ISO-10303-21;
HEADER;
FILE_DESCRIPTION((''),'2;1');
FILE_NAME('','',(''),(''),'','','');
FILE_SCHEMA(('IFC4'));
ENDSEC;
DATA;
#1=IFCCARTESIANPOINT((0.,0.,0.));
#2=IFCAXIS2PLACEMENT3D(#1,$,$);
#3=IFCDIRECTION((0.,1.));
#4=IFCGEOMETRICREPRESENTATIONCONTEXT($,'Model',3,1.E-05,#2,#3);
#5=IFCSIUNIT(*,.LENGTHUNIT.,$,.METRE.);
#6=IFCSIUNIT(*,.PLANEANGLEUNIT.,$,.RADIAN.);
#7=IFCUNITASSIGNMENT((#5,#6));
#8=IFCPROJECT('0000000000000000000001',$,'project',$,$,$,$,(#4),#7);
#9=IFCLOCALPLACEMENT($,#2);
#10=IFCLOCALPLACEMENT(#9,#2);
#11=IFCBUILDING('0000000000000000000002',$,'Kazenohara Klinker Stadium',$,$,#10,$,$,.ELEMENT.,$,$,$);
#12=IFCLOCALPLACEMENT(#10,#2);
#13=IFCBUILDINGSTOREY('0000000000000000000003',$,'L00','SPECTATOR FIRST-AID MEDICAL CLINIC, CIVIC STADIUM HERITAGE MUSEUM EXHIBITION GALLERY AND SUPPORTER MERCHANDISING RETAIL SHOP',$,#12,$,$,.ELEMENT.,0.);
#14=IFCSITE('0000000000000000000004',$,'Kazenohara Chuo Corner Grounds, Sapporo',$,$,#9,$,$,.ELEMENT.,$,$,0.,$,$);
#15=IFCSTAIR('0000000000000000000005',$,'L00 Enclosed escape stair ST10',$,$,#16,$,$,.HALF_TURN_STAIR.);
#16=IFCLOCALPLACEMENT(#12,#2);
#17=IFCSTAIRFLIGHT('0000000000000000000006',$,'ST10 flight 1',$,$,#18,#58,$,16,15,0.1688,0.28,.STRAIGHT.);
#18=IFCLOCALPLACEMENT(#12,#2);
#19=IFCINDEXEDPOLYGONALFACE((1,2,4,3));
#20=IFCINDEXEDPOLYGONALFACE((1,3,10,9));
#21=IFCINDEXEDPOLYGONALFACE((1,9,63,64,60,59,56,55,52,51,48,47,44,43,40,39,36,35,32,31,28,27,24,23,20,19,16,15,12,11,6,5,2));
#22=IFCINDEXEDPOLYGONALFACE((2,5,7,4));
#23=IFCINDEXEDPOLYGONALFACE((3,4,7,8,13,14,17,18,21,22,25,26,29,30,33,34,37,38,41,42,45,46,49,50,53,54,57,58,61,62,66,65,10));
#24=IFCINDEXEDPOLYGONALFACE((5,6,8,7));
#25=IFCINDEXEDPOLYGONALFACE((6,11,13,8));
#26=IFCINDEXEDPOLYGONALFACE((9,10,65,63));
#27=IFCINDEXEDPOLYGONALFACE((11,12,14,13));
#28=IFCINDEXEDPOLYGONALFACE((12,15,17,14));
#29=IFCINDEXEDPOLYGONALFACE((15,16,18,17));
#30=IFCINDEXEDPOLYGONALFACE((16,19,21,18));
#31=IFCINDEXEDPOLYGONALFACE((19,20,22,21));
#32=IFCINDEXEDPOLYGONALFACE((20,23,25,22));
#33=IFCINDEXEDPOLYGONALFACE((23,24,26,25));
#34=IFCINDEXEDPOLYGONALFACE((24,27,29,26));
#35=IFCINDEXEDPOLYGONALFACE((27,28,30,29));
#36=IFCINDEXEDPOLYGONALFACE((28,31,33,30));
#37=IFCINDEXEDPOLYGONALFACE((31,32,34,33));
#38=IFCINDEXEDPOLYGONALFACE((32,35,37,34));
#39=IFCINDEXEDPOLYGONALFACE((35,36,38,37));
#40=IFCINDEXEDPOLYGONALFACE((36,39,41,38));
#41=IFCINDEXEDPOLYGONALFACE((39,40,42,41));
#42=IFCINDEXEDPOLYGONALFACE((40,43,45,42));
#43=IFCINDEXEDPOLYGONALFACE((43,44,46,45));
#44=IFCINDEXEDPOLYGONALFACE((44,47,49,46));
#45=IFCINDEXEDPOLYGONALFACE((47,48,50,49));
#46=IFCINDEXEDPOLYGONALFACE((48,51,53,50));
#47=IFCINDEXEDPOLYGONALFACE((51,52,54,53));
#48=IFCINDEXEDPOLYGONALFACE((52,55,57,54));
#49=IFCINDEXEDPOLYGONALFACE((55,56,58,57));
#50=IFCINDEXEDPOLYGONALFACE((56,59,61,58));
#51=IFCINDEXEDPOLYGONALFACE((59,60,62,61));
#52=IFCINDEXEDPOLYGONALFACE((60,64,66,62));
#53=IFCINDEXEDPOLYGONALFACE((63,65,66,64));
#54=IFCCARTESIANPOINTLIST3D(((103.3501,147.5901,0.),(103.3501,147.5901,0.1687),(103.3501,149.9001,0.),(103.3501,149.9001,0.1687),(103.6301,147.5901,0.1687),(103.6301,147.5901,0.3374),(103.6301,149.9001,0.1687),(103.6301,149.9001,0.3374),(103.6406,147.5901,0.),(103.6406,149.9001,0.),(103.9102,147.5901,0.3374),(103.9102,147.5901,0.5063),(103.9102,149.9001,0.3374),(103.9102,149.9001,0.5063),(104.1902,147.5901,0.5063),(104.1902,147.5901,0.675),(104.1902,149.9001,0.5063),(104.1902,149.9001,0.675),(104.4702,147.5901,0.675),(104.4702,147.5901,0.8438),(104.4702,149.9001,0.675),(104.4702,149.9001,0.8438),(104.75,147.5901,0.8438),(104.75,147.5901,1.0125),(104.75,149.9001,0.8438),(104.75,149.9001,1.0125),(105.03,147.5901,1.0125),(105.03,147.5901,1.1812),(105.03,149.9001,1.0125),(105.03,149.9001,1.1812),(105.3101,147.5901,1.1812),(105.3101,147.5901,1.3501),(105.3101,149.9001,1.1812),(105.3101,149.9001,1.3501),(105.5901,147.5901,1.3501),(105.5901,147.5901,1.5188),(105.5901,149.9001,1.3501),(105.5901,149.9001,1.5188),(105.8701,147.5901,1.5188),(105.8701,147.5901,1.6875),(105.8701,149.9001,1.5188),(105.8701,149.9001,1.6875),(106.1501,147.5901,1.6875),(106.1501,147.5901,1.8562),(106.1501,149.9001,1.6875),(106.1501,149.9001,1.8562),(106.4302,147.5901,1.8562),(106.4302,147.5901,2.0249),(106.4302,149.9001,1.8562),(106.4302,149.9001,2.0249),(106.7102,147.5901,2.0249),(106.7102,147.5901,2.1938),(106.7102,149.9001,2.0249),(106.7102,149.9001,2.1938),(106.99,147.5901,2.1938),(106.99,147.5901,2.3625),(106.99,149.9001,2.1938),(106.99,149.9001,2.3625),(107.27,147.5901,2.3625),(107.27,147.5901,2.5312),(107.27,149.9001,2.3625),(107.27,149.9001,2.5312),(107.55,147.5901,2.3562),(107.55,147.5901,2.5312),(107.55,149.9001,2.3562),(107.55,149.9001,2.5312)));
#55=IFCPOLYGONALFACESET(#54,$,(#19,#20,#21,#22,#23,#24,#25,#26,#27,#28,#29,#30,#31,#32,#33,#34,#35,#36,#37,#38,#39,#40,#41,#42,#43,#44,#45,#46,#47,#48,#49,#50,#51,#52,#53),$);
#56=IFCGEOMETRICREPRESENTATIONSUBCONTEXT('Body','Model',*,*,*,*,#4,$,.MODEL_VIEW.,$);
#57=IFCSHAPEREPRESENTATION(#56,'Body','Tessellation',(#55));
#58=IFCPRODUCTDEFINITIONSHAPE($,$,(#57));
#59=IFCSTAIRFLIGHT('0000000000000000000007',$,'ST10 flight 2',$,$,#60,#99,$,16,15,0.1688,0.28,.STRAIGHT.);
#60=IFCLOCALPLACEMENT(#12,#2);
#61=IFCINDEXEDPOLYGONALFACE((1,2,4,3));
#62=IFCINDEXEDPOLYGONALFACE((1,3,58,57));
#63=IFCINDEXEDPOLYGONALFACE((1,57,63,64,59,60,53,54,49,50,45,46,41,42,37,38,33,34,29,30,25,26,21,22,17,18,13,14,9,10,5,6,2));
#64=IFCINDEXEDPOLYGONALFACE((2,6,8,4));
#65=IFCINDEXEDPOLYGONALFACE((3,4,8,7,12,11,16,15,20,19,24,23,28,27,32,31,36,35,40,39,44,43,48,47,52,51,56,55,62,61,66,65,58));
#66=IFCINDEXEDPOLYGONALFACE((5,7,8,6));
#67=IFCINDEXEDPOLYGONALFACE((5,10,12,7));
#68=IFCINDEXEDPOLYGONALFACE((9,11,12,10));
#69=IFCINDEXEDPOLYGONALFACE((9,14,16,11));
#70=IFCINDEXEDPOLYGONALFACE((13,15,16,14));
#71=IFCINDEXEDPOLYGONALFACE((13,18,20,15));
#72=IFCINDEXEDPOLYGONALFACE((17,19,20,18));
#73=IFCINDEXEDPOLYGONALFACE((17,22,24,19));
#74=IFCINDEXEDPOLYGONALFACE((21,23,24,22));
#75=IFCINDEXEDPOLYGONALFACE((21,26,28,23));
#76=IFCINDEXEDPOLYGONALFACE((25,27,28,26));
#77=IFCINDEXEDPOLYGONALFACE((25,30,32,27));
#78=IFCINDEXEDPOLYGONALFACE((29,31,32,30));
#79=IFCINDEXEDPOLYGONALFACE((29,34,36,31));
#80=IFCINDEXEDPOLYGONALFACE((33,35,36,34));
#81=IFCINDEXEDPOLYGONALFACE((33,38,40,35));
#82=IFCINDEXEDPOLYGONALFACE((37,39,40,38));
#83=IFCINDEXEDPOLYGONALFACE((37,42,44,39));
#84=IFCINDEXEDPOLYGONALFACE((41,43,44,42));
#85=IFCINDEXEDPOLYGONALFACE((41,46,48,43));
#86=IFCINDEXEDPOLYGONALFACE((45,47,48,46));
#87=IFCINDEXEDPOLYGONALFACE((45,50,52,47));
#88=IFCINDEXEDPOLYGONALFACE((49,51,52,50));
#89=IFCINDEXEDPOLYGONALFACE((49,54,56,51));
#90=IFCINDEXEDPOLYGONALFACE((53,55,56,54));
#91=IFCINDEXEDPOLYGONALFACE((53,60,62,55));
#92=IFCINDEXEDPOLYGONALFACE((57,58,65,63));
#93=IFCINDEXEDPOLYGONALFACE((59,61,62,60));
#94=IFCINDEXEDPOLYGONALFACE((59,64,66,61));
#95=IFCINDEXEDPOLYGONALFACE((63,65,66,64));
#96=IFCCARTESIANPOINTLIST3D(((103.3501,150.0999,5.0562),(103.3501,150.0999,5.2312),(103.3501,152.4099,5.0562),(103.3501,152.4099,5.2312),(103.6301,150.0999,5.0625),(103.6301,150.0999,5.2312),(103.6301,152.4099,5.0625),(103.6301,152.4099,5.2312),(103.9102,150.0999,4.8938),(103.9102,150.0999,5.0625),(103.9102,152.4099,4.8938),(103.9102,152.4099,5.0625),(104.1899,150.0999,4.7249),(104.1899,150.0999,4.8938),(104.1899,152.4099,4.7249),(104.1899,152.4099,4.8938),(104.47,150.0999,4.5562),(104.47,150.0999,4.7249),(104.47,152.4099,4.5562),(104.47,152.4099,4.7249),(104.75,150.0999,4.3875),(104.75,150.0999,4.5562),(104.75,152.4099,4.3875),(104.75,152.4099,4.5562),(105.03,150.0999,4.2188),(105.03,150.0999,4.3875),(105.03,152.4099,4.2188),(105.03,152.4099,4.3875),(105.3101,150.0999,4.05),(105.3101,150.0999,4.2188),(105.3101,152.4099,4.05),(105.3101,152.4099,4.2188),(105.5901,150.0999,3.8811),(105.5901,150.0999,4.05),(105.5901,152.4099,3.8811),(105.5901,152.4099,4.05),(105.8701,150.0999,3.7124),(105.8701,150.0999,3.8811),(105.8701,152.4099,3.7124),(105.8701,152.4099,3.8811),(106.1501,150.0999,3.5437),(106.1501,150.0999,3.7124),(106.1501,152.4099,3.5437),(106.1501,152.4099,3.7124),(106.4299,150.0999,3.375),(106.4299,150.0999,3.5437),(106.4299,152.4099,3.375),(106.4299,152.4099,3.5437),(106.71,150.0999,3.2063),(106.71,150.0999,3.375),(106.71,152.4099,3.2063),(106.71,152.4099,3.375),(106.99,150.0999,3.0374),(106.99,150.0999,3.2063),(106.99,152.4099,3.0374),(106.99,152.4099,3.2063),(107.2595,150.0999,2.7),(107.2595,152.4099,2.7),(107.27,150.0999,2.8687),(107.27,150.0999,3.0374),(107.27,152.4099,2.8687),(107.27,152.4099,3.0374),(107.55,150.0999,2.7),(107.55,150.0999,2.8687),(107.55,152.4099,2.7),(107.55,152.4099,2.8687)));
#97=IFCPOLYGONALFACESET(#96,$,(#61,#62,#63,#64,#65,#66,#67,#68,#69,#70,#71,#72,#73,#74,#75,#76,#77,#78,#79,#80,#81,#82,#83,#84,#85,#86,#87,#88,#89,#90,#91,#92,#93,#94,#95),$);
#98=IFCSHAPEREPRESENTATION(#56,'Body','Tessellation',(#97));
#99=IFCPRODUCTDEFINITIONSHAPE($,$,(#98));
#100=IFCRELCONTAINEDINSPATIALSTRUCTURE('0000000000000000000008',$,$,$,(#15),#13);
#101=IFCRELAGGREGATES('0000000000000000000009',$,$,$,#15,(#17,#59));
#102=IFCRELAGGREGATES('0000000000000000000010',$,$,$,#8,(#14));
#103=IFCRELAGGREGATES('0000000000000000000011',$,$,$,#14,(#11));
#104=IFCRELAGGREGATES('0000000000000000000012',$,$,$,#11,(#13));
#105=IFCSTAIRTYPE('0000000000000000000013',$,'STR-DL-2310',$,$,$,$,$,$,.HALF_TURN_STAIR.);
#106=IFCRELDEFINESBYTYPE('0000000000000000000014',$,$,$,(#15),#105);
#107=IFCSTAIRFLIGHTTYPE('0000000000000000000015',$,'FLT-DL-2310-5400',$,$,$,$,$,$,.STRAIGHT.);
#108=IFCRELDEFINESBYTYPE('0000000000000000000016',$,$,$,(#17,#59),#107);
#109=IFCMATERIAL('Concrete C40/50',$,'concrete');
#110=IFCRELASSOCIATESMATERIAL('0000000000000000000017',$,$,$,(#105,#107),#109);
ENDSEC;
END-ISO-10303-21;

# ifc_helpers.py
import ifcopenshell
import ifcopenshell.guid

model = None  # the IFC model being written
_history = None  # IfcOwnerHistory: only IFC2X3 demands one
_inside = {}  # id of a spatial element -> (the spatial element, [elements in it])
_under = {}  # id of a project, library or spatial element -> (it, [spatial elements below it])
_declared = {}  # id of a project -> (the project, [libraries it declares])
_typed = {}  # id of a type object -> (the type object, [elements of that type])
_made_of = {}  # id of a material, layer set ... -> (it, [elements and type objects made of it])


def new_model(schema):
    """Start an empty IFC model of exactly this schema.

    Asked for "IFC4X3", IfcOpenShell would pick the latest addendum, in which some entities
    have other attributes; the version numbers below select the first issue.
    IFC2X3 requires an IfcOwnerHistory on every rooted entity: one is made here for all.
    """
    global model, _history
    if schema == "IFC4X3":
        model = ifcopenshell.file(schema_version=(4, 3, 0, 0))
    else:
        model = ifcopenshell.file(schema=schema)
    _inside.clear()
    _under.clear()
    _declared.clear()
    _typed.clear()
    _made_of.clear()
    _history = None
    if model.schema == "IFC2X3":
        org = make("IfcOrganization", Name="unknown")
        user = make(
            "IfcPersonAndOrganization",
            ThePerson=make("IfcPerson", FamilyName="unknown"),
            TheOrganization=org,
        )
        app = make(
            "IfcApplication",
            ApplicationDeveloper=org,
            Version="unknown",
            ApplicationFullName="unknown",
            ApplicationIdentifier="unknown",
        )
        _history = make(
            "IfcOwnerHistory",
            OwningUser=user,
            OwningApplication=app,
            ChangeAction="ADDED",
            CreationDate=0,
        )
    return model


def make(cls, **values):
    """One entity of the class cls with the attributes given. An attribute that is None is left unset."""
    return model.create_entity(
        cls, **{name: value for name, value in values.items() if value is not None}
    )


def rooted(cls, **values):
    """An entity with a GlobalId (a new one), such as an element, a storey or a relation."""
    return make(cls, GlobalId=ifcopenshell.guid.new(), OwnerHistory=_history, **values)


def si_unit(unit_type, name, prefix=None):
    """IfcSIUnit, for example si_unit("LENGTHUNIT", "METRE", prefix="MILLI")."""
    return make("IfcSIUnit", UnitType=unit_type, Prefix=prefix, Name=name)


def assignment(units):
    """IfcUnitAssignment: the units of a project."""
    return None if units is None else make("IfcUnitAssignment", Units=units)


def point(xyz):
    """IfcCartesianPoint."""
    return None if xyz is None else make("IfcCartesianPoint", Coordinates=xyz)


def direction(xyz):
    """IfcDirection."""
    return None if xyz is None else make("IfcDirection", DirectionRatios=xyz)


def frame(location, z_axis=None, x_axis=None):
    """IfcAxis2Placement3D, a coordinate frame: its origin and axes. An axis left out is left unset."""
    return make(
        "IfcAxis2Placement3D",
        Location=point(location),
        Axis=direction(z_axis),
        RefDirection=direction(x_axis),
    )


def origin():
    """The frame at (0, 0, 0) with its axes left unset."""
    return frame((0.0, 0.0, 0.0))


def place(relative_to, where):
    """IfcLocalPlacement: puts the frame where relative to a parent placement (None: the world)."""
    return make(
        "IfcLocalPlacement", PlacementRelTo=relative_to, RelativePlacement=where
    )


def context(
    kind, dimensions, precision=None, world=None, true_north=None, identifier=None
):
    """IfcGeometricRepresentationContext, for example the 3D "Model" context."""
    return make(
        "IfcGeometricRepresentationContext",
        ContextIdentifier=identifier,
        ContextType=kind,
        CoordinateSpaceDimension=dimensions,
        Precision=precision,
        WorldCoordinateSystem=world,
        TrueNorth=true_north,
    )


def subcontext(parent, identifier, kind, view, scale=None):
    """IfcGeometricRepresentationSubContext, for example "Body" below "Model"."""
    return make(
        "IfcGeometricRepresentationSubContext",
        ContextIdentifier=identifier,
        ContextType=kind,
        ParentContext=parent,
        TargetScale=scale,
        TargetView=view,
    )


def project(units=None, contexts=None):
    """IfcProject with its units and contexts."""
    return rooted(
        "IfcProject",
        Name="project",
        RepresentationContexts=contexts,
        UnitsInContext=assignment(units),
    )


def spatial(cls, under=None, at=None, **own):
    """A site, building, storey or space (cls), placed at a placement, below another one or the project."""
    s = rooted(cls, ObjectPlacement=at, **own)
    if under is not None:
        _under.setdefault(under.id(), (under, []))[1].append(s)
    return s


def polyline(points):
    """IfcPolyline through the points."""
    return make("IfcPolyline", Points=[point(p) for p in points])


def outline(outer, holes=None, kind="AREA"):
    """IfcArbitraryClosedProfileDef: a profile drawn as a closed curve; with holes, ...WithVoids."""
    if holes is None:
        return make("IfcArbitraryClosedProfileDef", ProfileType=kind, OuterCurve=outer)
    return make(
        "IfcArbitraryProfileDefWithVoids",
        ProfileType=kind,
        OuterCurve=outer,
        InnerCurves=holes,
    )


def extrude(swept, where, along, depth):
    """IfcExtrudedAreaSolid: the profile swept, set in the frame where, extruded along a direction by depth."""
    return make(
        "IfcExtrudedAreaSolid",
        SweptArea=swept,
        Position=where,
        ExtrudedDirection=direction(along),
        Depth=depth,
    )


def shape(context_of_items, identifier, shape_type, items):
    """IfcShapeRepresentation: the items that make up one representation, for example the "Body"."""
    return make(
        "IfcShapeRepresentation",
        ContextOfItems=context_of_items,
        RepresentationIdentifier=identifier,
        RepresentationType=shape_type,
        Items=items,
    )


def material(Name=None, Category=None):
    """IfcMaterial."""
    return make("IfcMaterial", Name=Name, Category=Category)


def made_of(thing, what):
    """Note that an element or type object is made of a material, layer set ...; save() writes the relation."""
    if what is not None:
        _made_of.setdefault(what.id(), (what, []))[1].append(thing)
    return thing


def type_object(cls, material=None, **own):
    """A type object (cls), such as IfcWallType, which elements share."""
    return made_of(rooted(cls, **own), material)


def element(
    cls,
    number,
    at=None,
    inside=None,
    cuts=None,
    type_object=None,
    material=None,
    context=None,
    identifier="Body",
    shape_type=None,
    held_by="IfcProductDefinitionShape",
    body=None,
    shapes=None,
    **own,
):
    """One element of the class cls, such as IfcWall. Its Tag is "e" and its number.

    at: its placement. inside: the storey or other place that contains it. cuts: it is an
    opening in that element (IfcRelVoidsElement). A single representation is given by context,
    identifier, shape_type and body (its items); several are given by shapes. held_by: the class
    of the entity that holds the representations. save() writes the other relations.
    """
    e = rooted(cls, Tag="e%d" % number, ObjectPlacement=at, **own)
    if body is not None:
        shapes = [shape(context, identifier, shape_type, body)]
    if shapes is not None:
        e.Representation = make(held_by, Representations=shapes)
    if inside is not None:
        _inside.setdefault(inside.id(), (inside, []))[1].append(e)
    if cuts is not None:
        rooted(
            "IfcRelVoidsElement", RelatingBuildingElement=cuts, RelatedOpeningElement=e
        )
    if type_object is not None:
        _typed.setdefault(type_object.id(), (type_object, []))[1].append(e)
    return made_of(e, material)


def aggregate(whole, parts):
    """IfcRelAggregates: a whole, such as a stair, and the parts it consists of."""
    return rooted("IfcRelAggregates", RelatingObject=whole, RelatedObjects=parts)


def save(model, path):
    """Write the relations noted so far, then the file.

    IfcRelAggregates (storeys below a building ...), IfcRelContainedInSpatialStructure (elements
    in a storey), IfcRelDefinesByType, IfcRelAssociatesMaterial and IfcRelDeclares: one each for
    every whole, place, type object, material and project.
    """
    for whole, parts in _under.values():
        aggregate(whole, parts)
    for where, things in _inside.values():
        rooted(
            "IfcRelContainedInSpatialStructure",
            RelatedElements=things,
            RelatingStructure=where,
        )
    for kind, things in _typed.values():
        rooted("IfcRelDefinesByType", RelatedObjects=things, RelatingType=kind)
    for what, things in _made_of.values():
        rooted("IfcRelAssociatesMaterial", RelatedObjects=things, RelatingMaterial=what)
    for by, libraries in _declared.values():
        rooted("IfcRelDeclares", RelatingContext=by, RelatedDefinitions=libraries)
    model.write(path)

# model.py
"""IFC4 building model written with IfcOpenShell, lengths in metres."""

from ifc_helpers import new_model, si_unit, direction, frame, origin, place, context, subcontext, project, spatial, polyline, outline, extrude, material, type_object, element, aggregate, save


model = new_model("IFC4")

# Units and contexts
model_context = context("Model", 3, precision=1e-05, world=origin(), true_north=direction((0.0, 1.0)))
body_context = subcontext(model_context, "Body", "Model", "MODEL_VIEW")
ifc_project = project(units=[si_unit("LENGTHUNIT", "METRE"), si_unit("PLANEANGLEUNIT", "RADIAN")], contexts=[model_context])

# Site, building, storey
site_placement = place(None, origin())
site = spatial("IfcSite", under=ifc_project, at=site_placement, Name="Kazenohara Chuo Corner Grounds, Sapporo", CompositionType="ELEMENT", RefElevation=0.0)
building_placement = place(site_placement, origin())
building = spatial("IfcBuilding", under=site, at=building_placement, Name="Kazenohara Klinker Stadium", CompositionType="ELEMENT")
storey_placement = place(building_placement, origin())
storey = spatial("IfcBuildingStorey", under=building, at=storey_placement, Name="L00", Description="SPECTATOR FIRST-AID MEDICAL CLINIC, CIVIC STADIUM HERITAGE MUSEUM EXHIBITION GALLERY AND SUPPORTER MERCHANDISING RETAIL SHOP", CompositionType="ELEMENT", Elevation=0.0)

# Shared definitions
ifc_material_1 = material(Name="Concrete C40/50", Category="concrete")

# Stair, stair flights
stair_type = type_object("IfcStairType", Name="STR-DL-2310", PredefinedType="HALF_TURN_STAIR", material=ifc_material_1)
stair_placement = place(storey_placement, origin())
stair = element("IfcStair", 1, at=stair_placement, inside=storey, type_object=stair_type, Name="L00 Enclosed escape stair ST10", PredefinedType="HALF_TURN_STAIR")
stair_flight_type = type_object("IfcStairFlightType", Name="FLT-DL-2310-5400", PredefinedType="STRAIGHT", material=ifc_material_1)
stair_flight_1_placement = place(storey_placement, frame((103.3501, 148.7451, 0.0), z_axis=(0.0, 0.0, 1.0), x_axis=(1.0, 0.0, 0.0)))
stair_flight_1 = element("IfcStairFlight", 2, at=stair_flight_1_placement, type_object=stair_flight_type, Name="ST10 flight 1", NumberOfRisers=16, NumberOfTreads=15, PredefinedType="STRAIGHT", RiserHeight=0.1688, TreadLength=0.28, context=body_context, shape_type="SweptSolid", body=[
    extrude(outline(polyline([(0.0, 0.0), (0.0, 0.1687), (0.28, 0.1687), (0.28, 0.3374), (0.5601, 0.3374), (0.5601, 0.5063), (0.8401, 0.5063), (0.8401, 0.675), (1.1201, 0.675), (1.1201, 0.8438), (1.3999, 0.8438), (1.3999, 1.0125), (1.6799, 1.0125), (1.6799, 1.1812), (1.96, 1.1812), (1.96, 1.3501), (2.24, 1.3501), (2.24, 1.5188), (2.52, 1.5188), (2.52, 1.6875), (2.8, 1.6875), (2.8, 1.8562), (3.0801, 1.8562), (3.0801, 2.0249), (3.3601, 2.0249), (3.3601, 2.1938), (3.6399, 2.1938), (3.6399, 2.3625), (3.9199, 2.3625), (3.9199, 2.5312), (4.2, 2.5312), (4.2, 2.7), (4.2, 2.3562), (0.2905, 0.0), (0.0, 0.0)])), frame((0.0, 1.155, 0.0), z_axis=(0.0, -1.0, 0.0), x_axis=(1.0, 0.0, 0.0)), (0.0, 0.0, 1.0), 2.3101),
])
stair_flight_2_placement = place(storey_placement, frame((107.55, 151.2549, 2.7), z_axis=(0.0, 0.0, 1.0), x_axis=(-1.0, 0.0, 0.0)))
stair_flight_2 = element("IfcStairFlight", 3, at=stair_flight_2_placement, type_object=stair_flight_type, Name="ST10 flight 2", NumberOfRisers=16, NumberOfTreads=15, PredefinedType="STRAIGHT", RiserHeight=0.1688, TreadLength=0.28, context=body_context, shape_type="SweptSolid", body=[
    extrude(outline(polyline([(0.0, 0.0), (0.0, 0.1687), (0.28, 0.1687), (0.28, 0.3374), (0.5601, 0.3374), (0.5601, 0.5063), (0.8401, 0.5063), (0.8401, 0.675), (1.1201, 0.675), (1.1201, 0.8438), (1.3999, 0.8438), (1.3999, 1.0125), (1.6799, 1.0125), (1.6799, 1.1812), (1.96, 1.1812), (1.96, 1.3501), (2.24, 1.3501), (2.24, 1.5188), (2.52, 1.5188), (2.52, 1.6875), (2.8, 1.6875), (2.8, 1.8562), (3.0801, 1.8562), (3.0801, 2.0249), (3.3601, 2.0249), (3.3601, 2.1938), (3.6399, 2.1938), (3.6399, 2.3625), (3.9199, 2.3625), (3.9199, 2.5312), (4.2, 2.5312), (4.2, 2.7), (4.2, 2.3562), (0.2905, 0.0), (0.0, 0.0)])), frame((0.0, 1.155, 0.0), z_axis=(0.0, -1.0, 0.0), x_axis=(1.0, 0.0, 0.0)), (0.0, 0.0, 1.0), 2.3101),
])
aggregate(stair, [stair_flight_1, stair_flight_2])

save(model, "model.ifc")
